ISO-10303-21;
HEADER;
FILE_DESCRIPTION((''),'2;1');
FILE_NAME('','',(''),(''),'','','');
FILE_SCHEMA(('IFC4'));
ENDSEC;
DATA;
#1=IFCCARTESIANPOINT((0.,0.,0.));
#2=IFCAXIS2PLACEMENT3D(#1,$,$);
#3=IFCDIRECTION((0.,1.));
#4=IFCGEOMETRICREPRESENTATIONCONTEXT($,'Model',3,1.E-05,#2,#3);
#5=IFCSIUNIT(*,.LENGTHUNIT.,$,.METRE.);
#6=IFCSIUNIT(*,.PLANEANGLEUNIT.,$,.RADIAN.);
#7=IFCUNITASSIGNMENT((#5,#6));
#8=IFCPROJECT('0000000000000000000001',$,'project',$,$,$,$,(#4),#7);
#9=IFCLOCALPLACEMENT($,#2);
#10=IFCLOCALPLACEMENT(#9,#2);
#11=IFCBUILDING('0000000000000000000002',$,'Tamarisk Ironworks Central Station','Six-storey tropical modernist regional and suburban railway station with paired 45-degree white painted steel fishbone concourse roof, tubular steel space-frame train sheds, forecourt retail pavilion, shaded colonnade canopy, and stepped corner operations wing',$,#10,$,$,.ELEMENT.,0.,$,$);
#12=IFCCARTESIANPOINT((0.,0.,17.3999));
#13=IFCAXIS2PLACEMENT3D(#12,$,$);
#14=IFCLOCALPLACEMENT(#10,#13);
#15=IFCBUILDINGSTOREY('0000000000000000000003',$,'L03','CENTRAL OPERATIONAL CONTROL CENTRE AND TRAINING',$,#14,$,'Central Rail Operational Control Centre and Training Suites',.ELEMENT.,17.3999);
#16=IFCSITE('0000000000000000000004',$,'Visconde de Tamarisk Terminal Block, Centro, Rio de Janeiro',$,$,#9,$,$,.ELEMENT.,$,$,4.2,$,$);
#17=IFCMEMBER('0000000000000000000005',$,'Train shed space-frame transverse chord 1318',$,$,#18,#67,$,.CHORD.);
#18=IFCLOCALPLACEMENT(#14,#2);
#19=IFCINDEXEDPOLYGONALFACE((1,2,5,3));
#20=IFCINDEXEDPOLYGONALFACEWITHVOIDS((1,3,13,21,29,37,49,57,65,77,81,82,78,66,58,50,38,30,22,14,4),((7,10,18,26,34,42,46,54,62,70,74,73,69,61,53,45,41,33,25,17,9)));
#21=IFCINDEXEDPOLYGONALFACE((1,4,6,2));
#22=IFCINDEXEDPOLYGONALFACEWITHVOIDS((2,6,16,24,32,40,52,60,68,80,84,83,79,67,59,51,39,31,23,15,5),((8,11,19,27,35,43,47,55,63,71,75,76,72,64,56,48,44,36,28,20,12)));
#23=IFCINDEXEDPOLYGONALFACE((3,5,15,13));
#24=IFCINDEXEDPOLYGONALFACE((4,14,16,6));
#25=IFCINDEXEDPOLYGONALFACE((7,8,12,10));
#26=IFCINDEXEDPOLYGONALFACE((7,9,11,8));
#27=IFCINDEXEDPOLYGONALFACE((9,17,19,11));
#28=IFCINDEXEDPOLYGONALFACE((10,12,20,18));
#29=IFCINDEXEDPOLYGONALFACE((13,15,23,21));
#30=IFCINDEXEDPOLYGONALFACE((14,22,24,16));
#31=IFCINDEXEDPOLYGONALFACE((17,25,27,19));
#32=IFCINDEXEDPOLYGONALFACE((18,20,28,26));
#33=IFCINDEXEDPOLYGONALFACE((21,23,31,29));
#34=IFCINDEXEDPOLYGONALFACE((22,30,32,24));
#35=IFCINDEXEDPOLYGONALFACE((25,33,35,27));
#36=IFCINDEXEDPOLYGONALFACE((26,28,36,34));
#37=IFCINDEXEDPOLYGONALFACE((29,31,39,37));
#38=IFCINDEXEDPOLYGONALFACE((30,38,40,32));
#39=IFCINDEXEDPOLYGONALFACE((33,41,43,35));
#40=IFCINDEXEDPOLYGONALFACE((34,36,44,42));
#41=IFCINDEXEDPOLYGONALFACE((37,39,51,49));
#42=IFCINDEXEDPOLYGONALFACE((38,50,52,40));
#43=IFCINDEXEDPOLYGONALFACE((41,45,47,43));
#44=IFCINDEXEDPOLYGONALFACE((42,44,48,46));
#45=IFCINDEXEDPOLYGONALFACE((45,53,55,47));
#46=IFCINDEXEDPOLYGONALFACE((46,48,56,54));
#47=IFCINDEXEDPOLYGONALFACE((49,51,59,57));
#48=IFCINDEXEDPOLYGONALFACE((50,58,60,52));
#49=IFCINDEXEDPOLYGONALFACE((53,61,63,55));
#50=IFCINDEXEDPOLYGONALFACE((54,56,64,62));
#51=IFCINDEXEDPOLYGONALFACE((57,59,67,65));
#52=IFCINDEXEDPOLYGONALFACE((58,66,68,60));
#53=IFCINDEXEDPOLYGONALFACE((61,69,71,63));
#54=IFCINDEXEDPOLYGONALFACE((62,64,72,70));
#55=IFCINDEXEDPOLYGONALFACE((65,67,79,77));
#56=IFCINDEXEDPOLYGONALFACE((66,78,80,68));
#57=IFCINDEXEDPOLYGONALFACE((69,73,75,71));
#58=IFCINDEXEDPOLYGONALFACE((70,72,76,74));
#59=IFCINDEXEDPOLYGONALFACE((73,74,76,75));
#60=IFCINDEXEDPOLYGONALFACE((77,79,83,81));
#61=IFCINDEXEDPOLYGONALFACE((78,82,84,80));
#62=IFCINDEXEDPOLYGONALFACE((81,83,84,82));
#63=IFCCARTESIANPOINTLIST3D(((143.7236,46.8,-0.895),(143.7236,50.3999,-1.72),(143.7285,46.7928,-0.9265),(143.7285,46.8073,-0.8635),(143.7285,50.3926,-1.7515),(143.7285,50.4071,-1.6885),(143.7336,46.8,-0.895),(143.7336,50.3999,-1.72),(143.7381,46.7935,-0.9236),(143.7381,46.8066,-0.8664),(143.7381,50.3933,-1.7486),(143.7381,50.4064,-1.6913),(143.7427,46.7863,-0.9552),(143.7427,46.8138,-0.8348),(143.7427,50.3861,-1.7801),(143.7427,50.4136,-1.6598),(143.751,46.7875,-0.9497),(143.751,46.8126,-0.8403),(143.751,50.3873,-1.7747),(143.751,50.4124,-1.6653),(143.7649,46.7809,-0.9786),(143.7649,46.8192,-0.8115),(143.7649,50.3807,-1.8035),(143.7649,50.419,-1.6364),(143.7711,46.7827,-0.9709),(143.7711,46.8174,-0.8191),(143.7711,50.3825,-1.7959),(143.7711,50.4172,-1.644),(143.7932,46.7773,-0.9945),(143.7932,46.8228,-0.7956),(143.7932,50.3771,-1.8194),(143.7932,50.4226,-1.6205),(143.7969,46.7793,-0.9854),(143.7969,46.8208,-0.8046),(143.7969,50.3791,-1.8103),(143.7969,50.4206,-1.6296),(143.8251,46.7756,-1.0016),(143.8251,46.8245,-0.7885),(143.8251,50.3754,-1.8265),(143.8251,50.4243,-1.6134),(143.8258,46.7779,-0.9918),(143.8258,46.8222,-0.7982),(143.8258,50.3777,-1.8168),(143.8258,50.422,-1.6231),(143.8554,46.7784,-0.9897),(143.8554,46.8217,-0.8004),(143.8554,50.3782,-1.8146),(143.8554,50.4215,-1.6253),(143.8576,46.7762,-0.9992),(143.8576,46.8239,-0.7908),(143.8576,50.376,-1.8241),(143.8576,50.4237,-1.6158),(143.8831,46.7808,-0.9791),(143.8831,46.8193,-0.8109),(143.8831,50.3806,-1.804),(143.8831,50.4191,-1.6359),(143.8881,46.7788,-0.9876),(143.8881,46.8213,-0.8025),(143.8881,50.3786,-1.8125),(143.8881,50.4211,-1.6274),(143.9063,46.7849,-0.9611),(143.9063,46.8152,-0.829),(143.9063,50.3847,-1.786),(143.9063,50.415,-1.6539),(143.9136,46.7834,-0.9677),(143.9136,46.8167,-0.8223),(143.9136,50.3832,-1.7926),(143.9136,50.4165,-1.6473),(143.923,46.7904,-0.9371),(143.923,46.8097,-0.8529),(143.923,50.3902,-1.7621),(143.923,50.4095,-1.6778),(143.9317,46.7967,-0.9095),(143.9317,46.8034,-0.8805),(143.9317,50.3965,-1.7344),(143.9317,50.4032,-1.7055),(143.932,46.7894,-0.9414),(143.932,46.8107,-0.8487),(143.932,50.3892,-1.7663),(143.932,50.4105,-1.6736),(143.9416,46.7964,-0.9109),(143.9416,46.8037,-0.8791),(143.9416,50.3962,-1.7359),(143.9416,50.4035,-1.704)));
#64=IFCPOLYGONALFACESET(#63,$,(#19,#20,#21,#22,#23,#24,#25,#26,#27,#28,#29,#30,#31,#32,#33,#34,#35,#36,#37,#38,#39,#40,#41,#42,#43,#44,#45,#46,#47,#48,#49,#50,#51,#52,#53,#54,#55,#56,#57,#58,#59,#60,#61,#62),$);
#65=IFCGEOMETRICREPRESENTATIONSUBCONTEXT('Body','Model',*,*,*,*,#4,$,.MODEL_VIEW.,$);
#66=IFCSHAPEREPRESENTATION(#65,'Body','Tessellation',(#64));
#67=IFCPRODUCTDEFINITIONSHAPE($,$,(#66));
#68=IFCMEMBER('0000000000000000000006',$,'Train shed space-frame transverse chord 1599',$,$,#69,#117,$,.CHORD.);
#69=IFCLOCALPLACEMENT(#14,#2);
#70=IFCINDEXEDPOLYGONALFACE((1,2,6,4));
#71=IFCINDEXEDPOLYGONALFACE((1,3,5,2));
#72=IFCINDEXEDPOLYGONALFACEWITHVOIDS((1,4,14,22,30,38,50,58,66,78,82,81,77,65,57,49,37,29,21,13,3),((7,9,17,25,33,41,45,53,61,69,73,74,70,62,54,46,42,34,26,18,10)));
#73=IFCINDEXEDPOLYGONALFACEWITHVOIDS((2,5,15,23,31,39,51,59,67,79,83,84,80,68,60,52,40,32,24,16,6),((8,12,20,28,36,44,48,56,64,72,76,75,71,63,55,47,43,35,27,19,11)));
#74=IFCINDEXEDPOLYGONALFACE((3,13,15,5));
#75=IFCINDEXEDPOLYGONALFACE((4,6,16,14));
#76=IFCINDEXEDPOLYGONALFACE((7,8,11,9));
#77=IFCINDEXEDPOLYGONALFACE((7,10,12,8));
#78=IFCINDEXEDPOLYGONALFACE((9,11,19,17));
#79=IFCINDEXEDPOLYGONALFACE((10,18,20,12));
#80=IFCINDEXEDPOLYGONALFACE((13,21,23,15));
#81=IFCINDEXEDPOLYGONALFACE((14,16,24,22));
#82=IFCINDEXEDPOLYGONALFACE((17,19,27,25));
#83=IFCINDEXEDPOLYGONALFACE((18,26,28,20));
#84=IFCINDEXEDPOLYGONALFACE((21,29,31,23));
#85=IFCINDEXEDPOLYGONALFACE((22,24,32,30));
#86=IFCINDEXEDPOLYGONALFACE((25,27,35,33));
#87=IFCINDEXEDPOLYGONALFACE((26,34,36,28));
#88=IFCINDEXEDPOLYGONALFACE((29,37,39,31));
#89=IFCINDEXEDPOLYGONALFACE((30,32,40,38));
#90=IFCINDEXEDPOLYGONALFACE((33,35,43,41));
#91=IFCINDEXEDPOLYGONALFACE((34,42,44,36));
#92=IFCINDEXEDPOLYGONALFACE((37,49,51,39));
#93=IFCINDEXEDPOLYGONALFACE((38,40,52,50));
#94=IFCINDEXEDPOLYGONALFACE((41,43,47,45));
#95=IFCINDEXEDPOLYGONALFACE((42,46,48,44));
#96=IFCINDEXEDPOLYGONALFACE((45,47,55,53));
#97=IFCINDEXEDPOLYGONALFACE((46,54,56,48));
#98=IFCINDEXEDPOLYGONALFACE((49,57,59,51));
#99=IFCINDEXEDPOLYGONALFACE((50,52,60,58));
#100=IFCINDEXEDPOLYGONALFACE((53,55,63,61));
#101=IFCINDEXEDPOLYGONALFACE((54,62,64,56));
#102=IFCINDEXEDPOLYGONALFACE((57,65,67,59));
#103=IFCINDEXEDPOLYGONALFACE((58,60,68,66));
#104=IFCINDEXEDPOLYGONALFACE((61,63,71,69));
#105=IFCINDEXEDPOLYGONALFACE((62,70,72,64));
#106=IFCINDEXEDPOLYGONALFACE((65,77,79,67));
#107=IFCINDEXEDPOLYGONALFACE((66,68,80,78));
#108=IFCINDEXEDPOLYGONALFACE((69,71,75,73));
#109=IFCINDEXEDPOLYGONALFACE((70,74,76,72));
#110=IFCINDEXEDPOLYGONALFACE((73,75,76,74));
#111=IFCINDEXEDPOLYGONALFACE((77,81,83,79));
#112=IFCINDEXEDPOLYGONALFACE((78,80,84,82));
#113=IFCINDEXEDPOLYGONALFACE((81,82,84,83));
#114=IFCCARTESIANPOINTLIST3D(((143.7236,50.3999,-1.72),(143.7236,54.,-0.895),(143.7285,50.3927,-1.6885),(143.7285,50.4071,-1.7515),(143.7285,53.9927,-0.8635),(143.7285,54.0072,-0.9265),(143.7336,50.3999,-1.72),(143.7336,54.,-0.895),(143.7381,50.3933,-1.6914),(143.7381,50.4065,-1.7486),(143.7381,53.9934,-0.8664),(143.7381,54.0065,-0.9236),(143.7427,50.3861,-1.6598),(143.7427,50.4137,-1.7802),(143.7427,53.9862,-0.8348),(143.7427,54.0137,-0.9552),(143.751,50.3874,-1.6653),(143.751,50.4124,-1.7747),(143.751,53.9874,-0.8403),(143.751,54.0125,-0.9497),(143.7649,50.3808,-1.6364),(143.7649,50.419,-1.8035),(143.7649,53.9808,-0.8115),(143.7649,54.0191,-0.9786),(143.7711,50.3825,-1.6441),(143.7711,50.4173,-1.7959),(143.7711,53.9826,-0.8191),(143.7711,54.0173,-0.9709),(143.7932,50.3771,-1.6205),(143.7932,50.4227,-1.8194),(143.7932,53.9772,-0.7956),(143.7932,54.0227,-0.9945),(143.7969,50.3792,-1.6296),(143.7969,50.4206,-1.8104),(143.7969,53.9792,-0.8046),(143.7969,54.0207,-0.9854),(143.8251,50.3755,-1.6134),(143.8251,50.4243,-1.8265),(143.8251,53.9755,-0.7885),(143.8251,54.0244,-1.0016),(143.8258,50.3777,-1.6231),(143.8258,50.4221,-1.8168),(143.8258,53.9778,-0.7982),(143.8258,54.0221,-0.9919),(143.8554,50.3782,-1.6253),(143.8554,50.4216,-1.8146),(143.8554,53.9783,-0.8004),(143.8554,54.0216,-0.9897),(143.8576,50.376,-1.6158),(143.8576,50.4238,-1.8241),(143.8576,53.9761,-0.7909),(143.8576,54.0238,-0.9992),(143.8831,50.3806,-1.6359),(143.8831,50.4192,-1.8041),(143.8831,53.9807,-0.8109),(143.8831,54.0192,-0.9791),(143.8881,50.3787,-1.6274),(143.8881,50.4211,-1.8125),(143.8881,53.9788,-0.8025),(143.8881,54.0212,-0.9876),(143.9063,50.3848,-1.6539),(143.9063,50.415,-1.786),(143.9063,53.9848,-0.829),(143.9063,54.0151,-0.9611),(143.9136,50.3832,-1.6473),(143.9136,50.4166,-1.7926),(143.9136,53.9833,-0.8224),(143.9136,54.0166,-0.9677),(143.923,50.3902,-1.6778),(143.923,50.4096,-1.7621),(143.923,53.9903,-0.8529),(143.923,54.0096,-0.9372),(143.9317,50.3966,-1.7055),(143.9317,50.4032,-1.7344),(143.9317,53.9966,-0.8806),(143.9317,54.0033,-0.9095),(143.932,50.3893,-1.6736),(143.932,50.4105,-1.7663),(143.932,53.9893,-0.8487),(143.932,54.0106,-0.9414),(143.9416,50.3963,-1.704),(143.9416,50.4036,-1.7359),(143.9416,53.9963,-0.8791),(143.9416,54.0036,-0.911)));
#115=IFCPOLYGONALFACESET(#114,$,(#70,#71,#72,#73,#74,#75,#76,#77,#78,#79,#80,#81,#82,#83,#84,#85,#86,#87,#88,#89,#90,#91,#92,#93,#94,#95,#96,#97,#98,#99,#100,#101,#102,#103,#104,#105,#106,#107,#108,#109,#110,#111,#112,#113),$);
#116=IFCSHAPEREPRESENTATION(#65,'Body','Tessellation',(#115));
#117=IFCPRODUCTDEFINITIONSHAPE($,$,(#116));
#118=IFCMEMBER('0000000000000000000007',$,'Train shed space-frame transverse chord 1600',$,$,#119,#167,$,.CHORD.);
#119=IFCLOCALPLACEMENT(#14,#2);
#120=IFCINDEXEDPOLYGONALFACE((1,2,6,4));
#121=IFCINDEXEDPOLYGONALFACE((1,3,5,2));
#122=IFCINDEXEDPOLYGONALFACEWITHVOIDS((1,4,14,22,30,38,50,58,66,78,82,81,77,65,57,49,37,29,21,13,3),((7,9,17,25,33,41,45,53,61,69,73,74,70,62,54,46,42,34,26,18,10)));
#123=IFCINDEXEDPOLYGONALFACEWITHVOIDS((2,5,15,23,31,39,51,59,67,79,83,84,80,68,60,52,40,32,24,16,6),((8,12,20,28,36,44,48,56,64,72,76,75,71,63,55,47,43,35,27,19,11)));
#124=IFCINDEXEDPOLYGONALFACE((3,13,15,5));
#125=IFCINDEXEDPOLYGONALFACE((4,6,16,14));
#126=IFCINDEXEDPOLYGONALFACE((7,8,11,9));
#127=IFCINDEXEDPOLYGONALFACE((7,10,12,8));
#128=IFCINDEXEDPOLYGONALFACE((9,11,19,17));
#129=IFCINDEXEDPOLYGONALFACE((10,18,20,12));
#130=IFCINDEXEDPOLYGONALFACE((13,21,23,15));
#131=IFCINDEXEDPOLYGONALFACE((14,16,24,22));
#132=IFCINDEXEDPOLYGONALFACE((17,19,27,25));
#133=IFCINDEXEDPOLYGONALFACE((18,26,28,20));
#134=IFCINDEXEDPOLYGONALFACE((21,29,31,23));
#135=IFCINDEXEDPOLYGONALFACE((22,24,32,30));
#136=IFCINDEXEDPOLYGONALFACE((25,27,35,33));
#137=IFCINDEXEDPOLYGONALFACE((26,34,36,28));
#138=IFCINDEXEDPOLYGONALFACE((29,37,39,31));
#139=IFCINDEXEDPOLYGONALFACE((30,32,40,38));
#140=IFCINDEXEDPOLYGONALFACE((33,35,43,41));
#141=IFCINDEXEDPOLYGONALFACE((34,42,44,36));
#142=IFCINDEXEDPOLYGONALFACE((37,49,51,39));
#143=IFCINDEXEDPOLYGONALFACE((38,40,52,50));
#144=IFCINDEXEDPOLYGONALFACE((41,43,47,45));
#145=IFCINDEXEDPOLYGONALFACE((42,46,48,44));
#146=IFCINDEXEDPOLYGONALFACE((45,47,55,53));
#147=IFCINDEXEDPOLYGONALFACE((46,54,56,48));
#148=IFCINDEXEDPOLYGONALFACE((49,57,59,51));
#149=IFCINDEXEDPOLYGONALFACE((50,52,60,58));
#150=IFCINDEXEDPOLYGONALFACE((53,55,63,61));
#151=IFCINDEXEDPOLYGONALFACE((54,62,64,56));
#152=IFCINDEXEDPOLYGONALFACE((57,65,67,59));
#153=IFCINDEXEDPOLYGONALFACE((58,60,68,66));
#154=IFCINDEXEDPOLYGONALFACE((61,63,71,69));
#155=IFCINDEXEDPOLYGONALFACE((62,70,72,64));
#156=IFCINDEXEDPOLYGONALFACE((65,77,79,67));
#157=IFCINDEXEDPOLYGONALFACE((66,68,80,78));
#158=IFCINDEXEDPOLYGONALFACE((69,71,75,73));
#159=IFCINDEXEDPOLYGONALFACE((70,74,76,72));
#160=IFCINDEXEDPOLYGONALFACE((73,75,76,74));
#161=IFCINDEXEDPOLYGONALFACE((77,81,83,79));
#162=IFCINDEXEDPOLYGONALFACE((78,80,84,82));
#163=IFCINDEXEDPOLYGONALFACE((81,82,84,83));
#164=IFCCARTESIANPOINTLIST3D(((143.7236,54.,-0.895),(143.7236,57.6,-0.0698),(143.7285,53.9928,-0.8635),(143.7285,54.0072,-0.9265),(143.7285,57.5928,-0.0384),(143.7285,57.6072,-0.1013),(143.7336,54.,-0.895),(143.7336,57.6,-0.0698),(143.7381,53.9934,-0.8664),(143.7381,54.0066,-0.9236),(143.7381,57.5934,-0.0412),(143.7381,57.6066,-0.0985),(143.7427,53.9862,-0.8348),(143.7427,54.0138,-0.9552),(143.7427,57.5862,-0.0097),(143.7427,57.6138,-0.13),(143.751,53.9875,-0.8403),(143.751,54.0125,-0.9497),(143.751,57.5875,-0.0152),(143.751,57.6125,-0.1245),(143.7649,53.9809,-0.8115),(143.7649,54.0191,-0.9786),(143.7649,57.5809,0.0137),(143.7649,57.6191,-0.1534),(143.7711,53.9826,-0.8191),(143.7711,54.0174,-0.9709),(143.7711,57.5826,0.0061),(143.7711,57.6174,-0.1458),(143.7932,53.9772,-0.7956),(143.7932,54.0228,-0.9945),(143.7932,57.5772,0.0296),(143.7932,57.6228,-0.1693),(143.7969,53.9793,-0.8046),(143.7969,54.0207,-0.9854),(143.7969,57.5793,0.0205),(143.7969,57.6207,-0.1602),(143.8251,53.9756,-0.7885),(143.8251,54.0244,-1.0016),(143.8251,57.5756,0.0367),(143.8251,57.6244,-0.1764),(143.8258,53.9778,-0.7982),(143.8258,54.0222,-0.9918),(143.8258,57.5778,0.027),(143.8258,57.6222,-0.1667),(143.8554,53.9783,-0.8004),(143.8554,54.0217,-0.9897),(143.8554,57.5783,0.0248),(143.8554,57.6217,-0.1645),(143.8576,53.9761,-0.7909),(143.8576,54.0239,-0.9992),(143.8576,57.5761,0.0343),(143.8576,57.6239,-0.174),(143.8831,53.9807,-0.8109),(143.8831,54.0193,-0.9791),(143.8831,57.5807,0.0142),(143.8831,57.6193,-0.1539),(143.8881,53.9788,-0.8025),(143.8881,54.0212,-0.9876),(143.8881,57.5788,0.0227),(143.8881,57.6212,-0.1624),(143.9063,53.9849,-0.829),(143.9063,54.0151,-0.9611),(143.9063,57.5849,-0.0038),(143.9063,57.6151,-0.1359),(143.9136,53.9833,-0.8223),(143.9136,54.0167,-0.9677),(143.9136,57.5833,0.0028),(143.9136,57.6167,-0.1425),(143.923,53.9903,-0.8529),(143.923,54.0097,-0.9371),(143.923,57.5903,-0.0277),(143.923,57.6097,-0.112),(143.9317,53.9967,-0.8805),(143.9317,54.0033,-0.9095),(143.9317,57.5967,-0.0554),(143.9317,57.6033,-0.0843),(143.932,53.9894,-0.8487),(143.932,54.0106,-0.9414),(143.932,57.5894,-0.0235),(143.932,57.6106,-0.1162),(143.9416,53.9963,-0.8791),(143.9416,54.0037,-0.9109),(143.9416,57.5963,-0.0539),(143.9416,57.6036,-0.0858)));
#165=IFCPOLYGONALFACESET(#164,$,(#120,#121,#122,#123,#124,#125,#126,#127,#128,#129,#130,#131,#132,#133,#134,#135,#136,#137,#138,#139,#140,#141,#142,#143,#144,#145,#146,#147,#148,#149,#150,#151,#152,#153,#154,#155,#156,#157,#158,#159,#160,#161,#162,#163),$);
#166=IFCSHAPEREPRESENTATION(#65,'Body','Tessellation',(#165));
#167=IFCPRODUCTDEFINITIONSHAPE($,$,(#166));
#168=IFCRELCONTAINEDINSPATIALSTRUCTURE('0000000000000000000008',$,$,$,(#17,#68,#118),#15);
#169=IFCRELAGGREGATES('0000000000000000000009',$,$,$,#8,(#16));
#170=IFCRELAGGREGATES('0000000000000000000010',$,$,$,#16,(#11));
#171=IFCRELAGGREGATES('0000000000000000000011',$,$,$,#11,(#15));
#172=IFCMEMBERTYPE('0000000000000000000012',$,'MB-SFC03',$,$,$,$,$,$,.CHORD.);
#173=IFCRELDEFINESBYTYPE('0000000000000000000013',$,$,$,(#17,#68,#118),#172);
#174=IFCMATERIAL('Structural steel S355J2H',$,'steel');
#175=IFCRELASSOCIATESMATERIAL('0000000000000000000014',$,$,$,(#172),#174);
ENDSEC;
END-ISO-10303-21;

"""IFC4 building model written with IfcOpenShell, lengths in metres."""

from ifc_helpers import new_model, si_unit, direction, frame, origin, origin_2d, place, context, subcontext, project, spatial, hollow_circle, extrude, material, material_profile, profile_set, type_object, element, save


model = new_model("IFC4")

# Units and contexts
model_context = context("Model", 3, precision=1e-05, world=origin(), true_north=direction((0.0, 1.0)))
body_context = subcontext(model_context, "Body", "Model", "MODEL_VIEW")
ifc_project = project(units=[si_unit("LENGTHUNIT", "METRE"), si_unit("PLANEANGLEUNIT", "RADIAN")], contexts=[model_context])

# Site, building, storey
site_placement = place(None, origin())
site = spatial("IfcSite", under=ifc_project, at=site_placement, Name="Visconde de Tamarisk Terminal Block, Centro, Rio de Janeiro", CompositionType="ELEMENT", RefElevation=4.2)
building_placement = place(site_placement, origin())
building = spatial("IfcBuilding", under=site, at=building_placement, Name="Tamarisk Ironworks Central Station", Description="Six-storey tropical modernist regional and suburban railway station with paired 45-degree white painted steel fishbone concourse roof, tubular steel space-frame train sheds, forecourt retail pavilion, shaded colonnade canopy, and stepped corner operations wing", CompositionType="ELEMENT", ElevationOfRefHeight=0.0)
storey_placement = place(building_placement, frame((0.0, 0.0, 17.3999)))
storey = spatial("IfcBuildingStorey", under=building, at=storey_placement, Name="L03", Description="CENTRAL OPERATIONAL CONTROL CENTRE AND TRAINING", LongName="Central Rail Operational Control Centre and Training Suites", CompositionType="ELEMENT", Elevation=17.3999)

# Members
ifc_material_1 = material(Name="Structural steel S355J2H", Category="steel")
ifc_material_profile_1 = material_profile(ifc_material_1, hollow_circle(Radius=0.1096, WallThickness=0.01, at=origin_2d()), Name="CHS 219.1x10")
ifc_profile_set_1 = profile_set([ifc_material_profile_1], Name="Structural steel S355J2H")
member_type_1 = type_object("IfcMemberType", Name="MB-SFC03", PredefinedType="CHORD", material=ifc_profile_set_1)
member_1_placement = place(storey_placement, frame((143.8333, 46.8, -0.895), z_axis=(0.0, 0.974733, -0.223372), x_axis=(-1.0, 0.0, 0.0)))
element("IfcMember", 1, at=member_1_placement, inside=storey, type_object=member_type_1, Name="Train shed space-frame transverse chord 1318", PredefinedType="CHORD", context=body_context, shape_type="SweptSolid", body=[
    extrude(hollow_circle(Radius=0.1096, WallThickness=0.01, at=origin_2d()), origin(), (0.0, 0.0, 1.0), 3.6931),
])
for number, where, z_axis, x_axis, name in (
    (2, (143.8333, 50.3999, -1.72), (0.0, 0.974737, 0.223358), (-1.0, 0.0, 0.0), "Train shed space-frame transverse chord 1599"),
    (3, (143.8333, 54.0, -0.895), (0.0, 0.974722, 0.223421), (-1.0, 0.0, 0.0), "Train shed space-frame transverse chord 1600"),
):
    element("IfcMember", number, at=place(storey_placement, frame(where, z_axis=z_axis, x_axis=x_axis)), inside=storey, type_object=member_type_1, Name=name, PredefinedType="CHORD", context=body_context, shape_type="SweptSolid", body=[
        extrude(hollow_circle(Radius=0.1096, WallThickness=0.01, at=origin_2d()), origin(), (0.0, 0.0, 1.0), 3.6934),
    ])

save(model, "model.ifc")
